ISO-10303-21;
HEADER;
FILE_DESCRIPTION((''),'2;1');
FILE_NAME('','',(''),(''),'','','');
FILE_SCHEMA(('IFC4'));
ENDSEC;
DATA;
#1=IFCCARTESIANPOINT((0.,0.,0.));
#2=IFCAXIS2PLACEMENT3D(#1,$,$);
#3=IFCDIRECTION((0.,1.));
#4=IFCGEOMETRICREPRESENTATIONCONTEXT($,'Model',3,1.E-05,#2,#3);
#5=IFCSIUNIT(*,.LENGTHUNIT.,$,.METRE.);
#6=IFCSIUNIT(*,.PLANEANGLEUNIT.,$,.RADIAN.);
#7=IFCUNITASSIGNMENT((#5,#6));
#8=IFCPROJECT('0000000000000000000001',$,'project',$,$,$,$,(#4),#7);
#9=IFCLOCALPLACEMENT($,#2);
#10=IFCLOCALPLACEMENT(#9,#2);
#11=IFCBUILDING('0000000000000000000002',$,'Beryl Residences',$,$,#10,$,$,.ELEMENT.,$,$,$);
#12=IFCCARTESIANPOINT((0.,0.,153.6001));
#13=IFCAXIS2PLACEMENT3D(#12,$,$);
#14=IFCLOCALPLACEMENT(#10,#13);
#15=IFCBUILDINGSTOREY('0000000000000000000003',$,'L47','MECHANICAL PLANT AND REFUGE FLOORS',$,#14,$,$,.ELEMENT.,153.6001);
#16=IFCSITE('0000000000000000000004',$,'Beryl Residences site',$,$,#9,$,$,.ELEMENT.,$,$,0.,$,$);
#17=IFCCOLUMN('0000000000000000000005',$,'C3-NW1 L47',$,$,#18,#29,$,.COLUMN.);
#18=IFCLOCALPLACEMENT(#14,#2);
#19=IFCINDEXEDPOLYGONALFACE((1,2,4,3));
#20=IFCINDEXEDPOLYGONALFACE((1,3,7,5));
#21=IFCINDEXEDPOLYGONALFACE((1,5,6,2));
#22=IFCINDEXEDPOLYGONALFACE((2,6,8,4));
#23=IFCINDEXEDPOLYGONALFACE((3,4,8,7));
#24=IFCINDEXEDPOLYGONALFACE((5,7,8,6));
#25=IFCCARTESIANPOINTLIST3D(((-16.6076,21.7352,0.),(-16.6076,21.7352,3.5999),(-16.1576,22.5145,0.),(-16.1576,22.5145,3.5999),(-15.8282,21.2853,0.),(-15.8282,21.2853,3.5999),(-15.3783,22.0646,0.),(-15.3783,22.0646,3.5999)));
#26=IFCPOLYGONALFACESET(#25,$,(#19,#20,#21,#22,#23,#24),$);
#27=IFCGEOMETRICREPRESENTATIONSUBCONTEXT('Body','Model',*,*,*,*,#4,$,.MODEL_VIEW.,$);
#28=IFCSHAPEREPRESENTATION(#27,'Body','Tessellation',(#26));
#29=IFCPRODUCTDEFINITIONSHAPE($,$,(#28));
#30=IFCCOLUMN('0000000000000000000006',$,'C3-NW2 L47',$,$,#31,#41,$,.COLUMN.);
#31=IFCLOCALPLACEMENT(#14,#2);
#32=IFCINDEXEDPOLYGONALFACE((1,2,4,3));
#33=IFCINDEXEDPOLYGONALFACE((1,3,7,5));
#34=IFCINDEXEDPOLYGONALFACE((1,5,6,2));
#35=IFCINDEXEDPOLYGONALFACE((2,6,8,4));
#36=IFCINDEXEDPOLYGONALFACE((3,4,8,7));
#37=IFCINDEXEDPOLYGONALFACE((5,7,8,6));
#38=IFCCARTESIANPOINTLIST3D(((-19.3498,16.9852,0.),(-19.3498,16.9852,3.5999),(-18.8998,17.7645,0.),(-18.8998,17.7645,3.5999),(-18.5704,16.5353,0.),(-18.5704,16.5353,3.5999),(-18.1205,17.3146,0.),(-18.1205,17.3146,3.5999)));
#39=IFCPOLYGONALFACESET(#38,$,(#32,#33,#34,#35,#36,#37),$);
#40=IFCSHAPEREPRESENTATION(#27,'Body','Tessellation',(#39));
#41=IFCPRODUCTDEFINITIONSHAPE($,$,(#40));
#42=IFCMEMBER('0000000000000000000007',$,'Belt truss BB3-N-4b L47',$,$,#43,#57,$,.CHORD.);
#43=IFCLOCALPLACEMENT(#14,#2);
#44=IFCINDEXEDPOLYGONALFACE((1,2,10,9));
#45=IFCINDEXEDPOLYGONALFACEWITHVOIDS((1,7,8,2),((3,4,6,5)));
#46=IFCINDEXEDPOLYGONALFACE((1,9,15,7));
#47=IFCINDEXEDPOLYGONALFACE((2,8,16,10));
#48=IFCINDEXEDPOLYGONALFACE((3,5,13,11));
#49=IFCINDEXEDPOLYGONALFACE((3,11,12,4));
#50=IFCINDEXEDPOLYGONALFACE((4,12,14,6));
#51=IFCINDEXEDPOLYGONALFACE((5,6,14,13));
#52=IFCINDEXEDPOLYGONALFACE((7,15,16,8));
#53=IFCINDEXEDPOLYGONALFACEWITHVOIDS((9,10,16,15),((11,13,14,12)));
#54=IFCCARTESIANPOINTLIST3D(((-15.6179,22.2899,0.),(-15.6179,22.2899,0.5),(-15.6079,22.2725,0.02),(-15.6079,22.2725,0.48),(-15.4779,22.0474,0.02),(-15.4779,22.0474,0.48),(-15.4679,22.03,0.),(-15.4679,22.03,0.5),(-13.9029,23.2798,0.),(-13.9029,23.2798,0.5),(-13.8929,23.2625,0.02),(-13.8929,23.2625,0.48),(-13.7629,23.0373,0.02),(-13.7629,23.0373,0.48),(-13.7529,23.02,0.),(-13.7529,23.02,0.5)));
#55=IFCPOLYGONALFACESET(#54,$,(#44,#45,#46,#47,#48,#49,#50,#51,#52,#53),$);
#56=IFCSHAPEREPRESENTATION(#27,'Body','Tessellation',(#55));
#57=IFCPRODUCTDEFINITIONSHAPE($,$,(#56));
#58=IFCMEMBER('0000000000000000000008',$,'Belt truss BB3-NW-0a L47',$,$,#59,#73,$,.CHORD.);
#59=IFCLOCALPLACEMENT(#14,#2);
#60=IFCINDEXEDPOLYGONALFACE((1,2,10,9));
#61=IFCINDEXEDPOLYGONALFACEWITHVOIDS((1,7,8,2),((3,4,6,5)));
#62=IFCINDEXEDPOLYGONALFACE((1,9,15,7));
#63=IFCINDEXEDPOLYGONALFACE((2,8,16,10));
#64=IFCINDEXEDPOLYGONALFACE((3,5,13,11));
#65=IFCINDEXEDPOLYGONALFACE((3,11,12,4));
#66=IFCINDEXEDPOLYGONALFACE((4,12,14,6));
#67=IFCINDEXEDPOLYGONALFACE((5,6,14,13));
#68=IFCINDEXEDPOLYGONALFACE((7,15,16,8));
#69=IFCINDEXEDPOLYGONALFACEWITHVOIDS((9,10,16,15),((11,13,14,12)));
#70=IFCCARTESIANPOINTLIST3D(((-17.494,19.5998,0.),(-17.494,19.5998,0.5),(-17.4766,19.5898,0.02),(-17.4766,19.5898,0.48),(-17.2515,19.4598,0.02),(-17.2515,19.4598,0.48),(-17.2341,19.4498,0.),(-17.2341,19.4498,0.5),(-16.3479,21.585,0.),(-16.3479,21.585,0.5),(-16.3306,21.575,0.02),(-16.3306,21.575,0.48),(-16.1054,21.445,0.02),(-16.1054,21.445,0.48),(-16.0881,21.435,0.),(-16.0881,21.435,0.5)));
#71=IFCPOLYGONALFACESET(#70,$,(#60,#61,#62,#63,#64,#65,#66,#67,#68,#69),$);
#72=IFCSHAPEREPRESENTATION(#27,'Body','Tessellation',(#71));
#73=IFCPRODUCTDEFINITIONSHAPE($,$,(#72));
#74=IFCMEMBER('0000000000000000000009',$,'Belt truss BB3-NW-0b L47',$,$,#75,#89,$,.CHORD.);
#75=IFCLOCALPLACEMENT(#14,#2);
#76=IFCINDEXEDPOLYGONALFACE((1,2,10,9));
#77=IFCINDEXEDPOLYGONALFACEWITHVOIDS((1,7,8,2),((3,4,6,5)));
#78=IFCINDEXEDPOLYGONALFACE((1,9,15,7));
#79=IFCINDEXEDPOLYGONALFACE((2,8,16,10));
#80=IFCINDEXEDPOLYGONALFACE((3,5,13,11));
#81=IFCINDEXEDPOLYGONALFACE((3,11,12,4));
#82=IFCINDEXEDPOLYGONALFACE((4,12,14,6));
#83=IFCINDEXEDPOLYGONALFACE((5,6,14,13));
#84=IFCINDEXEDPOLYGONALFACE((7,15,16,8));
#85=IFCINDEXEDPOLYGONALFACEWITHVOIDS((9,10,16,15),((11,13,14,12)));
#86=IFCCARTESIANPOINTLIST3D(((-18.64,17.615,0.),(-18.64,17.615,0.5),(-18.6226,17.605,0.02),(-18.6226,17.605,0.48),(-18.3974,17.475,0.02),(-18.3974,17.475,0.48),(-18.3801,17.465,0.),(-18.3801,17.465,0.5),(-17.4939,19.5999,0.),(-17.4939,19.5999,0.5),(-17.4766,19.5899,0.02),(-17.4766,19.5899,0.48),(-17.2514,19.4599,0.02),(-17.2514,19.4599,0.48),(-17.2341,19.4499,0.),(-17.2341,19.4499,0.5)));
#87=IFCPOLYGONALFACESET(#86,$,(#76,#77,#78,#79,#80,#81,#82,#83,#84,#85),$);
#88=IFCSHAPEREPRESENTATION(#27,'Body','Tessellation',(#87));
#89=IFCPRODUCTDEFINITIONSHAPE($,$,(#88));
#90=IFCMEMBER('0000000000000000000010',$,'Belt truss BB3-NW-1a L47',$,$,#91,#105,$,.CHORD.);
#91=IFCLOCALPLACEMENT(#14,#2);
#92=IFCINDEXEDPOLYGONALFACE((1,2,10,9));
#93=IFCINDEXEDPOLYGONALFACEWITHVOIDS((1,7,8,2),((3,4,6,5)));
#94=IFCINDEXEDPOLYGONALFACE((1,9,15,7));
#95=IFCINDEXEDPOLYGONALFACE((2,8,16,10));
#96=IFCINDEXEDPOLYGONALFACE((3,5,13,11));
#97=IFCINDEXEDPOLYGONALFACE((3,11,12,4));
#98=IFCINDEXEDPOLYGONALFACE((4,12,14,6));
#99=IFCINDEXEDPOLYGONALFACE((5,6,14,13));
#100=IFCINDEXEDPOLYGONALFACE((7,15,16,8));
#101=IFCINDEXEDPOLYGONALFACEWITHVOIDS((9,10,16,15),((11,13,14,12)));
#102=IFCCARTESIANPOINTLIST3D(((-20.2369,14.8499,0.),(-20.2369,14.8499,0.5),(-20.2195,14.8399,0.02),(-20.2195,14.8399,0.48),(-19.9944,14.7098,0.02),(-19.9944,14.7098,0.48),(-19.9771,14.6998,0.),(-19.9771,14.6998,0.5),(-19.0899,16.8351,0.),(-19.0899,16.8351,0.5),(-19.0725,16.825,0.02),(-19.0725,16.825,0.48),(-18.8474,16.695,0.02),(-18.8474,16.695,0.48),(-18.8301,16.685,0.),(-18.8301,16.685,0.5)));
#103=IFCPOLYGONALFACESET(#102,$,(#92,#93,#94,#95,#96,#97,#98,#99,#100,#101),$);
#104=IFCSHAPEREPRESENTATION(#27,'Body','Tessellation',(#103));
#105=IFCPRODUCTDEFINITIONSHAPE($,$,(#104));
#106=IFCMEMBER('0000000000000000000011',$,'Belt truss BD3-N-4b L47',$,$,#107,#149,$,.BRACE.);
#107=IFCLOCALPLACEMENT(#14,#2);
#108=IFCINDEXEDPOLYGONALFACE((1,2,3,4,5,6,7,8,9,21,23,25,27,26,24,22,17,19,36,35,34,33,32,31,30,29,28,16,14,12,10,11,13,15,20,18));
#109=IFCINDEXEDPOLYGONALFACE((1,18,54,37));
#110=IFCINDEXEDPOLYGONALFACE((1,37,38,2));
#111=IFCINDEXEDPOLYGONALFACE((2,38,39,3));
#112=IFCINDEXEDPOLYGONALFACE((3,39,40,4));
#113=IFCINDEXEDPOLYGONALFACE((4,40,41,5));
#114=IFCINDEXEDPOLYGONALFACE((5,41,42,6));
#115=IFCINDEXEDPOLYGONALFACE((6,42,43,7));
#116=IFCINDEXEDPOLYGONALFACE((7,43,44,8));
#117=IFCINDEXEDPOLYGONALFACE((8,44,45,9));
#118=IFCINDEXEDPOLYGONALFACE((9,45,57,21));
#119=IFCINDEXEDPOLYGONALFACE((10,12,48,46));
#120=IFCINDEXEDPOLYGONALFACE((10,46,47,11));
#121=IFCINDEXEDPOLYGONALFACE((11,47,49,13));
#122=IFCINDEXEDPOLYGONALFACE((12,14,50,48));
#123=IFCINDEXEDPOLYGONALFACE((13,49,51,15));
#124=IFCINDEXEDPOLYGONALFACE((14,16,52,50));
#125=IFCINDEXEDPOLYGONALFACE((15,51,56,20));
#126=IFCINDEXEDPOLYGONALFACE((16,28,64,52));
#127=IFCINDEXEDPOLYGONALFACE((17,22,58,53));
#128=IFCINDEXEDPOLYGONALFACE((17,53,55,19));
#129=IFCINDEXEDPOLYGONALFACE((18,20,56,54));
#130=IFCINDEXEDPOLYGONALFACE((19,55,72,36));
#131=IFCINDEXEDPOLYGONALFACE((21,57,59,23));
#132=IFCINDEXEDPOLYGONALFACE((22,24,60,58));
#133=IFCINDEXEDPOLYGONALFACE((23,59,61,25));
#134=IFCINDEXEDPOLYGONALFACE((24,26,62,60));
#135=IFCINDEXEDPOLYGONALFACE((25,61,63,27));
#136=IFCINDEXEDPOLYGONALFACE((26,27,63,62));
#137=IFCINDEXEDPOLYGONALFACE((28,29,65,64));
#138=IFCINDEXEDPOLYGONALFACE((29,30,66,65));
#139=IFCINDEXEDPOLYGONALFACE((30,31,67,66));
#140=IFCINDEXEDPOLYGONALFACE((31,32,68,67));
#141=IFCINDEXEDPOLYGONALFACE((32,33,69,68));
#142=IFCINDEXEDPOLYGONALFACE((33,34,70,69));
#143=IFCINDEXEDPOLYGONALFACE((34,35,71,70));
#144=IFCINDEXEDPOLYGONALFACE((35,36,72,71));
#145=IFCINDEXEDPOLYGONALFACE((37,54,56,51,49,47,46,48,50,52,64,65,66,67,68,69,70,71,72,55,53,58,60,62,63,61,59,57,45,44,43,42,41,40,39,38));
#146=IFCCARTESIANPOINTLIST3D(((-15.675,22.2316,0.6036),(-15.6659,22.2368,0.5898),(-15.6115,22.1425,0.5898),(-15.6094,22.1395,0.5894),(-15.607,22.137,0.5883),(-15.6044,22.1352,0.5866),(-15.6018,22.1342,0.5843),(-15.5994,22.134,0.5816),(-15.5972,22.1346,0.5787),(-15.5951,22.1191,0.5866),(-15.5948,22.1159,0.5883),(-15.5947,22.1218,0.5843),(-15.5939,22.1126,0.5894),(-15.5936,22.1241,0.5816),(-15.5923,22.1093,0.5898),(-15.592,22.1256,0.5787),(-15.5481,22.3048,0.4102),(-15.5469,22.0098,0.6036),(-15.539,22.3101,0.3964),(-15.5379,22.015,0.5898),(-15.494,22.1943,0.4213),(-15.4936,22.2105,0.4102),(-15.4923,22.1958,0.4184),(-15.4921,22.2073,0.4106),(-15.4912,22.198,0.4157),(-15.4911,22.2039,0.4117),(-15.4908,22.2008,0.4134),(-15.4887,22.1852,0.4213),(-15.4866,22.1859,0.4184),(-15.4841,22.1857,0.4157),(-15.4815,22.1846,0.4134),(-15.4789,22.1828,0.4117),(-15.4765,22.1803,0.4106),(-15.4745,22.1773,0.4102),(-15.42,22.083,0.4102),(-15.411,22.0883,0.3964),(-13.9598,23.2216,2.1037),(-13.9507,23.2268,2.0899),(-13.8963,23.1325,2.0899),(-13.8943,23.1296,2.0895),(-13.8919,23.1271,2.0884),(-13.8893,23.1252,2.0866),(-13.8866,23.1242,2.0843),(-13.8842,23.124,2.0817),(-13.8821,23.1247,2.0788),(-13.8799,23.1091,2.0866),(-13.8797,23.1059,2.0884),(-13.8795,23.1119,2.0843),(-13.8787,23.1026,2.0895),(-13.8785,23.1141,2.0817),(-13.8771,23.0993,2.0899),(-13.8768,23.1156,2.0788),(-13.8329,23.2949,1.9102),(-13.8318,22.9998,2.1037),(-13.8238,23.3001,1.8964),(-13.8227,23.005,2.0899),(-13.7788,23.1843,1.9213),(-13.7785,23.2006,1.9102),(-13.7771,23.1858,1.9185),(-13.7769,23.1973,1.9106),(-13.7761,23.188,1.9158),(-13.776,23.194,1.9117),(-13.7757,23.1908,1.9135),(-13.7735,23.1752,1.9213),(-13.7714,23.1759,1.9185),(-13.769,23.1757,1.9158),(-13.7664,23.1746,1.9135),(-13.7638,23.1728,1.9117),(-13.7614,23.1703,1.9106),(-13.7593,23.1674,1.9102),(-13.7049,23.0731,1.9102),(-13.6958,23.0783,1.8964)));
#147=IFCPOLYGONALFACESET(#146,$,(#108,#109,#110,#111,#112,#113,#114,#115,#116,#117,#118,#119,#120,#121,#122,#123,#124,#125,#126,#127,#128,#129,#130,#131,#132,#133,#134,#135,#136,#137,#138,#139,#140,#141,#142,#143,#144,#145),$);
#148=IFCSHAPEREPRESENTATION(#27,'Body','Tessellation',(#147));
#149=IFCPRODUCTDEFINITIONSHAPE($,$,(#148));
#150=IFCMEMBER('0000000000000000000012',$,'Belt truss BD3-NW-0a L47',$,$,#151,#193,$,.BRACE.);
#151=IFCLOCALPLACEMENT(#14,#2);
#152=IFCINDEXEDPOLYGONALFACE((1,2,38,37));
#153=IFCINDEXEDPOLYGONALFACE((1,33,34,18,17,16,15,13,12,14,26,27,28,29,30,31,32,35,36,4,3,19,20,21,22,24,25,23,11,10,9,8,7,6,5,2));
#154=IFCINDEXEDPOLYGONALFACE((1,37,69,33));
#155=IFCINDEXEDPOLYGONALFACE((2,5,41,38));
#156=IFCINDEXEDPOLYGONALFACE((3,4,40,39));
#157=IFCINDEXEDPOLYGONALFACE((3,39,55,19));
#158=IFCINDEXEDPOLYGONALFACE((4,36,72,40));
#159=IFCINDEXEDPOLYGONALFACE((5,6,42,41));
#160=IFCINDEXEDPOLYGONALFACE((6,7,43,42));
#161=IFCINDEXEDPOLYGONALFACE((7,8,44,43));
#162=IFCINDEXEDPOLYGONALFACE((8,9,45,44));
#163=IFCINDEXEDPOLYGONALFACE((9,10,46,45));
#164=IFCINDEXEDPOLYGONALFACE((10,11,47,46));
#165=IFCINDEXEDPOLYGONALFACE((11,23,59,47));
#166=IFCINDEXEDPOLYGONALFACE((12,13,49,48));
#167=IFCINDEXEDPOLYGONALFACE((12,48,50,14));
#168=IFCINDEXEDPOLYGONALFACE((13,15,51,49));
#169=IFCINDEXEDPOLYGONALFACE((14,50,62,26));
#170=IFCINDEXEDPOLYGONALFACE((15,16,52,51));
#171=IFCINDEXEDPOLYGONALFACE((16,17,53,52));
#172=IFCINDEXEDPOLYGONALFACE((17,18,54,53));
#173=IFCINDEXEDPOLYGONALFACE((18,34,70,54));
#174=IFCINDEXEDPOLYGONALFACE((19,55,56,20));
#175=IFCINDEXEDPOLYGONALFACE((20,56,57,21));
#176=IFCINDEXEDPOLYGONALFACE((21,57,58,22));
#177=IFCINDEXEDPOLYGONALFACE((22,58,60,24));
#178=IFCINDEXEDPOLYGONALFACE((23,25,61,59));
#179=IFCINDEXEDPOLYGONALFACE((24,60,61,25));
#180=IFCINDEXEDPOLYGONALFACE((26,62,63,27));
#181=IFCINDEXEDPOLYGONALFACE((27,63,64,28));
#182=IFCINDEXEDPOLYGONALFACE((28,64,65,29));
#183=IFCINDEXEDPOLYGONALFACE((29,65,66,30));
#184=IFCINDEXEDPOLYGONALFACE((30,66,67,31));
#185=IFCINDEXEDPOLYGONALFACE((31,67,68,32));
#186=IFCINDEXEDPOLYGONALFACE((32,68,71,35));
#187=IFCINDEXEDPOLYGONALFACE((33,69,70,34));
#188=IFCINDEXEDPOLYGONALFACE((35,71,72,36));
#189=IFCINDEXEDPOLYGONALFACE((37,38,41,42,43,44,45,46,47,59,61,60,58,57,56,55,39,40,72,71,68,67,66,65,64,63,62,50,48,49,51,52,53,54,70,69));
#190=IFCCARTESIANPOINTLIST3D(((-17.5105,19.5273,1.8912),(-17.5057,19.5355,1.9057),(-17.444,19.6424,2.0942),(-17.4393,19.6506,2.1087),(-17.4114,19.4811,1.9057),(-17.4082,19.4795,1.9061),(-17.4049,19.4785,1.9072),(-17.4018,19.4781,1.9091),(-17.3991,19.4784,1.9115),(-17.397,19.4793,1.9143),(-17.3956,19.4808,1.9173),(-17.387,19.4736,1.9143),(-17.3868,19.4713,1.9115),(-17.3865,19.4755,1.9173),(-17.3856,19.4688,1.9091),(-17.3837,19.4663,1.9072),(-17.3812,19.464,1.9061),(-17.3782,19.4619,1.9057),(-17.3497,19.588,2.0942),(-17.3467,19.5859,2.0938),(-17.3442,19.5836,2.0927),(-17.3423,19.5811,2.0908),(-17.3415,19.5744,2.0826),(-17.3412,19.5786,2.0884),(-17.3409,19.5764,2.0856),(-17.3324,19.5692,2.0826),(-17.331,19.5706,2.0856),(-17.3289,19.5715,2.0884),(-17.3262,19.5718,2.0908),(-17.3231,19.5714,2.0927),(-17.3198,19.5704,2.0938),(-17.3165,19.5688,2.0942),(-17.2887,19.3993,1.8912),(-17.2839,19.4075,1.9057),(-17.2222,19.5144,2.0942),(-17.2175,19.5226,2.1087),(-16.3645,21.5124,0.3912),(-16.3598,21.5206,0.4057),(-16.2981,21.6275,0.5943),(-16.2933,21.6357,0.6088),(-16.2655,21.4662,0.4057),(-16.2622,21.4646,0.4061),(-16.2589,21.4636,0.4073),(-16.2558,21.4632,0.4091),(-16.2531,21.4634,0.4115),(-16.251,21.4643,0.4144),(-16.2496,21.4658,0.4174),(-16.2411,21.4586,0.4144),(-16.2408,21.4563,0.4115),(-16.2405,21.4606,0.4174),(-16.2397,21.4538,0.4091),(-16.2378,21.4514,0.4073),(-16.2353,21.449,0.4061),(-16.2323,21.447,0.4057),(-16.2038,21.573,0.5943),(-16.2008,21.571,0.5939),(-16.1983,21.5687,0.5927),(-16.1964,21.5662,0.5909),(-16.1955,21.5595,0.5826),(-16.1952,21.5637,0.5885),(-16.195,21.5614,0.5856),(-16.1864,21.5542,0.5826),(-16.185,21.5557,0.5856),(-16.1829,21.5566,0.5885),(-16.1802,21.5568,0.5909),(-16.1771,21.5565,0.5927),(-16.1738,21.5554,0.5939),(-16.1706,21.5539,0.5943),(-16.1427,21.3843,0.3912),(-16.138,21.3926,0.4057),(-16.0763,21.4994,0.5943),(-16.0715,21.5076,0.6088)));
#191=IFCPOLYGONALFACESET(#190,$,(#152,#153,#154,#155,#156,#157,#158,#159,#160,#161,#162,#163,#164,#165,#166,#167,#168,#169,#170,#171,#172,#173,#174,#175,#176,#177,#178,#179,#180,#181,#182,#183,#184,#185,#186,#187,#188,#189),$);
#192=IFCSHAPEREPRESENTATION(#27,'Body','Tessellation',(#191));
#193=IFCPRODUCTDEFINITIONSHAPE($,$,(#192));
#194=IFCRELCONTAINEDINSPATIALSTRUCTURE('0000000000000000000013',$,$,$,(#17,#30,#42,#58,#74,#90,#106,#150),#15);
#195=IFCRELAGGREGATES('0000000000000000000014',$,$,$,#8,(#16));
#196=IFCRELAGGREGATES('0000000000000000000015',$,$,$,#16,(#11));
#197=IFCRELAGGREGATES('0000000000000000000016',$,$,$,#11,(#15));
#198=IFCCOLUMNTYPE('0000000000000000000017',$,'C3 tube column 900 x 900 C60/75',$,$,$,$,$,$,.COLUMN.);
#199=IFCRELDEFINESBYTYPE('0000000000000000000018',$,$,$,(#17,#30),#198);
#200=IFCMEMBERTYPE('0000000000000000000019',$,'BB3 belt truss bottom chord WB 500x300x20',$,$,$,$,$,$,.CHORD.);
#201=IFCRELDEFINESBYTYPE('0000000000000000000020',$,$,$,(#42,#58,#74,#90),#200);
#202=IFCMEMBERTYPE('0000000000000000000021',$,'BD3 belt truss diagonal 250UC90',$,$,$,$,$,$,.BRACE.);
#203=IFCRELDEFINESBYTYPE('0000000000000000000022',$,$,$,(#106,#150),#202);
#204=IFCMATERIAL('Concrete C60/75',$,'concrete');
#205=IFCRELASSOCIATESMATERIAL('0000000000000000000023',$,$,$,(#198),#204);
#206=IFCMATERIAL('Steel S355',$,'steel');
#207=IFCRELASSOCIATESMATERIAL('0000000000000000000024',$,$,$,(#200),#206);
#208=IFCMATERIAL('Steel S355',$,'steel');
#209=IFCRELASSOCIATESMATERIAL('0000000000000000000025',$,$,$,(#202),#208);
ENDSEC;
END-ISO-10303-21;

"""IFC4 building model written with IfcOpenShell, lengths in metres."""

from ifc_helpers import new_model, si_unit, direction, frame, origin, origin_2d, place, context, subcontext, project, spatial, rectangle, hollow_rectangle, i_section, extrude, material, material_profile, profile_set, type_object, element, save


model = new_model("IFC4")

# Units and contexts
model_context = context("Model", 3, precision=1e-05, world=origin(), true_north=direction((0.0, 1.0)))
body_context = subcontext(model_context, "Body", "Model", "MODEL_VIEW")
ifc_project = project(units=[si_unit("LENGTHUNIT", "METRE"), si_unit("PLANEANGLEUNIT", "RADIAN")], contexts=[model_context])

# Site, building, storey
site_placement = place(None, origin())
site = spatial("IfcSite", under=ifc_project, at=site_placement, Name="Beryl Residences site", CompositionType="ELEMENT", RefElevation=0.0)
building_placement = place(site_placement, origin())
building = spatial("IfcBuilding", under=site, at=building_placement, Name="Beryl Residences", CompositionType="ELEMENT")
storey_placement = place(building_placement, frame((0.0, 0.0, 153.6001)))
storey = spatial("IfcBuildingStorey", under=building, at=storey_placement, Name="L47", Description="MECHANICAL PLANT AND REFUGE FLOORS", CompositionType="ELEMENT", Elevation=153.6001)

# Columns
ifc_material_1 = material(Name="Concrete C60/75", Category="concrete")
ifc_material_profile_1 = material_profile(ifc_material_1, rectangle(XDim=0.8999, YDim=0.8999, at=origin_2d()))
ifc_profile_set_1 = profile_set([ifc_material_profile_1], Name="Concrete C60/75")
column_type = type_object("IfcColumnType", Name="C3 tube column 900 x 900 C60/75", PredefinedType="COLUMN", material=ifc_profile_set_1)
for number, where, z_axis, x_axis, name in (
    (1, (-15.9929, 21.8999, 0.0), (0.0, 0.0, 1.0), (-0.5, -0.866025, 0.0), "C3-NW1 L47"),
    (2, (-18.7351, 17.1499, 0.0), (0.0, 0.0, 1.0), (-0.5, -0.866025, 0.0), "C3-NW2 L47"),
):
    element("IfcColumn", number, at=place(storey_placement, frame(where, z_axis=z_axis, x_axis=x_axis)), inside=storey, type_object=column_type, Name=name, PredefinedType="COLUMN", context=body_context, shape_type="SweptSolid", body=[
        extrude(rectangle(XDim=0.8999, YDim=0.8999, at=origin_2d()), origin(), (0.0, 0.0, 1.0), 3.5999),
    ])

# Members
ifc_material_2 = material(Name="Steel S355", Category="steel")
ifc_material_profile_2 = material_profile(ifc_material_2, hollow_rectangle(XDim=0.3, YDim=0.5, WallThickness=0.02, at=origin_2d()))
ifc_profile_set_2 = profile_set([ifc_material_profile_2], Name="Steel S355")
member_type_1 = type_object("IfcMemberType", Name="BB3 belt truss bottom chord WB 500x300x20", PredefinedType="CHORD", material=ifc_profile_set_2)
member_1_placement = place(storey_placement, frame((-13.8279, 23.1499, 0.25), z_axis=(-0.866073, -0.499918, 0.0), x_axis=(0.499918, -0.866073, 0.0)))
element("IfcMember", 3, at=member_1_placement, inside=storey, type_object=member_type_1, Name="Belt truss BB3-N-4b L47", PredefinedType="CHORD", context=body_context, shape_type="SweptSolid", body=[
    extrude(hollow_rectangle(XDim=0.3, YDim=0.5, WallThickness=0.02, at=origin_2d()), origin(), (0.0, 0.0, 1.0), 1.9802),
])
member_2_placement = place(storey_placement, frame((-16.218, 21.51, 0.25), z_axis=(-0.499965, -0.866045, 0.0), x_axis=(0.866045, -0.499965, 0.0)))
element("IfcMember", 4, at=member_2_placement, inside=storey, type_object=member_type_1, Name="Belt truss BB3-NW-0a L47", PredefinedType="CHORD", context=body_context, shape_type="SweptSolid", body=[
    extrude(hollow_rectangle(XDim=0.3, YDim=0.5, WallThickness=0.02, at=origin_2d()), origin(), (0.0, 0.0, 1.0), 2.2922),
])
member_3_placement = place(storey_placement, frame((-17.364, 19.5249, 0.25), z_axis=(-0.500011, -0.866019, 0.0), x_axis=(0.866019, -0.500011, 0.0)))
element("IfcMember", 5, at=member_3_placement, inside=storey, type_object=member_type_1, Name="Belt truss BB3-NW-0b L47", PredefinedType="CHORD", context=body_context, shape_type="SweptSolid", body=[
    extrude(hollow_rectangle(XDim=0.3, YDim=0.5, WallThickness=0.02, at=origin_2d()), origin(), (0.0, 0.0, 1.0), 2.292),
])
member_4_placement = place(storey_placement, frame((-18.96, 16.76, 0.25), z_axis=(-0.500285, -0.865861, 0.0), x_axis=(0.865861, -0.500285, 0.0)))
element("IfcMember", 6, at=member_4_placement, inside=storey, type_object=member_type_1, Name="Belt truss BB3-NW-1a L47", PredefinedType="CHORD", context=body_context, shape_type="SweptSolid", body=[
    extrude(hollow_rectangle(XDim=0.3, YDim=0.5, WallThickness=0.02, at=origin_2d()), origin(), (0.0, 0.0, 1.0), 2.2927),
])
ifc_material_3 = material(Name="Steel S355", Category="steel")
ifc_material_profile_3 = material_profile(ifc_material_3, i_section(OverallWidth=0.2561, OverallDepth=0.26, WebThickness=0.0105, FlangeThickness=0.0173, FilletRadius=0.0139, at=origin_2d()))
ifc_profile_set_3 = profile_set([ifc_material_profile_3], Name="Steel S355")
member_type_2 = type_object("IfcMemberType", Name="BD3 belt truss diagonal 250UC90", PredefinedType="BRACE", material=ifc_profile_set_3)
member_5_placement = place(storey_placement, frame((-15.543, 22.1599, 0.5), z_axis=(0.690378, 0.398503, 0.603799), x_axis=(-0.499918, 0.866073, 0.0)))
element("IfcMember", 7, at=member_5_placement, inside=storey, type_object=member_type_2, Name="Belt truss BD3-N-4b L47", PredefinedType="BRACE", context=body_context, shape_type="SweptSolid", body=[
    extrude(i_section(OverallWidth=0.2561, OverallDepth=0.26, WebThickness=0.0105, FlangeThickness=0.0173, FilletRadius=0.0139, at=origin_2d()), origin(), (0.0, 0.0, 1.0), 2.4844),
])
for number, where, z_axis, x_axis, name in (
    (8, (-16.218, 21.51, 0.5), (-0.418348, -0.724668, 0.547578), (0.866045, -0.499965, 0.0), "Belt truss BD3-NW-0a L47"),
):
    element("IfcMember", number, at=place(storey_placement, frame(where, z_axis=z_axis, x_axis=x_axis)), inside=storey, type_object=member_type_2, Name=name, PredefinedType="BRACE", context=body_context, shape_type="SweptSolid", body=[
        extrude(i_section(OverallWidth=0.2561, OverallDepth=0.26, WebThickness=0.0105, FlangeThickness=0.0173, FilletRadius=0.0139, at=origin_2d()), origin(), (0.0, 0.0, 1.0), 2.7393),
    ])

save(model, "model.ifc")
